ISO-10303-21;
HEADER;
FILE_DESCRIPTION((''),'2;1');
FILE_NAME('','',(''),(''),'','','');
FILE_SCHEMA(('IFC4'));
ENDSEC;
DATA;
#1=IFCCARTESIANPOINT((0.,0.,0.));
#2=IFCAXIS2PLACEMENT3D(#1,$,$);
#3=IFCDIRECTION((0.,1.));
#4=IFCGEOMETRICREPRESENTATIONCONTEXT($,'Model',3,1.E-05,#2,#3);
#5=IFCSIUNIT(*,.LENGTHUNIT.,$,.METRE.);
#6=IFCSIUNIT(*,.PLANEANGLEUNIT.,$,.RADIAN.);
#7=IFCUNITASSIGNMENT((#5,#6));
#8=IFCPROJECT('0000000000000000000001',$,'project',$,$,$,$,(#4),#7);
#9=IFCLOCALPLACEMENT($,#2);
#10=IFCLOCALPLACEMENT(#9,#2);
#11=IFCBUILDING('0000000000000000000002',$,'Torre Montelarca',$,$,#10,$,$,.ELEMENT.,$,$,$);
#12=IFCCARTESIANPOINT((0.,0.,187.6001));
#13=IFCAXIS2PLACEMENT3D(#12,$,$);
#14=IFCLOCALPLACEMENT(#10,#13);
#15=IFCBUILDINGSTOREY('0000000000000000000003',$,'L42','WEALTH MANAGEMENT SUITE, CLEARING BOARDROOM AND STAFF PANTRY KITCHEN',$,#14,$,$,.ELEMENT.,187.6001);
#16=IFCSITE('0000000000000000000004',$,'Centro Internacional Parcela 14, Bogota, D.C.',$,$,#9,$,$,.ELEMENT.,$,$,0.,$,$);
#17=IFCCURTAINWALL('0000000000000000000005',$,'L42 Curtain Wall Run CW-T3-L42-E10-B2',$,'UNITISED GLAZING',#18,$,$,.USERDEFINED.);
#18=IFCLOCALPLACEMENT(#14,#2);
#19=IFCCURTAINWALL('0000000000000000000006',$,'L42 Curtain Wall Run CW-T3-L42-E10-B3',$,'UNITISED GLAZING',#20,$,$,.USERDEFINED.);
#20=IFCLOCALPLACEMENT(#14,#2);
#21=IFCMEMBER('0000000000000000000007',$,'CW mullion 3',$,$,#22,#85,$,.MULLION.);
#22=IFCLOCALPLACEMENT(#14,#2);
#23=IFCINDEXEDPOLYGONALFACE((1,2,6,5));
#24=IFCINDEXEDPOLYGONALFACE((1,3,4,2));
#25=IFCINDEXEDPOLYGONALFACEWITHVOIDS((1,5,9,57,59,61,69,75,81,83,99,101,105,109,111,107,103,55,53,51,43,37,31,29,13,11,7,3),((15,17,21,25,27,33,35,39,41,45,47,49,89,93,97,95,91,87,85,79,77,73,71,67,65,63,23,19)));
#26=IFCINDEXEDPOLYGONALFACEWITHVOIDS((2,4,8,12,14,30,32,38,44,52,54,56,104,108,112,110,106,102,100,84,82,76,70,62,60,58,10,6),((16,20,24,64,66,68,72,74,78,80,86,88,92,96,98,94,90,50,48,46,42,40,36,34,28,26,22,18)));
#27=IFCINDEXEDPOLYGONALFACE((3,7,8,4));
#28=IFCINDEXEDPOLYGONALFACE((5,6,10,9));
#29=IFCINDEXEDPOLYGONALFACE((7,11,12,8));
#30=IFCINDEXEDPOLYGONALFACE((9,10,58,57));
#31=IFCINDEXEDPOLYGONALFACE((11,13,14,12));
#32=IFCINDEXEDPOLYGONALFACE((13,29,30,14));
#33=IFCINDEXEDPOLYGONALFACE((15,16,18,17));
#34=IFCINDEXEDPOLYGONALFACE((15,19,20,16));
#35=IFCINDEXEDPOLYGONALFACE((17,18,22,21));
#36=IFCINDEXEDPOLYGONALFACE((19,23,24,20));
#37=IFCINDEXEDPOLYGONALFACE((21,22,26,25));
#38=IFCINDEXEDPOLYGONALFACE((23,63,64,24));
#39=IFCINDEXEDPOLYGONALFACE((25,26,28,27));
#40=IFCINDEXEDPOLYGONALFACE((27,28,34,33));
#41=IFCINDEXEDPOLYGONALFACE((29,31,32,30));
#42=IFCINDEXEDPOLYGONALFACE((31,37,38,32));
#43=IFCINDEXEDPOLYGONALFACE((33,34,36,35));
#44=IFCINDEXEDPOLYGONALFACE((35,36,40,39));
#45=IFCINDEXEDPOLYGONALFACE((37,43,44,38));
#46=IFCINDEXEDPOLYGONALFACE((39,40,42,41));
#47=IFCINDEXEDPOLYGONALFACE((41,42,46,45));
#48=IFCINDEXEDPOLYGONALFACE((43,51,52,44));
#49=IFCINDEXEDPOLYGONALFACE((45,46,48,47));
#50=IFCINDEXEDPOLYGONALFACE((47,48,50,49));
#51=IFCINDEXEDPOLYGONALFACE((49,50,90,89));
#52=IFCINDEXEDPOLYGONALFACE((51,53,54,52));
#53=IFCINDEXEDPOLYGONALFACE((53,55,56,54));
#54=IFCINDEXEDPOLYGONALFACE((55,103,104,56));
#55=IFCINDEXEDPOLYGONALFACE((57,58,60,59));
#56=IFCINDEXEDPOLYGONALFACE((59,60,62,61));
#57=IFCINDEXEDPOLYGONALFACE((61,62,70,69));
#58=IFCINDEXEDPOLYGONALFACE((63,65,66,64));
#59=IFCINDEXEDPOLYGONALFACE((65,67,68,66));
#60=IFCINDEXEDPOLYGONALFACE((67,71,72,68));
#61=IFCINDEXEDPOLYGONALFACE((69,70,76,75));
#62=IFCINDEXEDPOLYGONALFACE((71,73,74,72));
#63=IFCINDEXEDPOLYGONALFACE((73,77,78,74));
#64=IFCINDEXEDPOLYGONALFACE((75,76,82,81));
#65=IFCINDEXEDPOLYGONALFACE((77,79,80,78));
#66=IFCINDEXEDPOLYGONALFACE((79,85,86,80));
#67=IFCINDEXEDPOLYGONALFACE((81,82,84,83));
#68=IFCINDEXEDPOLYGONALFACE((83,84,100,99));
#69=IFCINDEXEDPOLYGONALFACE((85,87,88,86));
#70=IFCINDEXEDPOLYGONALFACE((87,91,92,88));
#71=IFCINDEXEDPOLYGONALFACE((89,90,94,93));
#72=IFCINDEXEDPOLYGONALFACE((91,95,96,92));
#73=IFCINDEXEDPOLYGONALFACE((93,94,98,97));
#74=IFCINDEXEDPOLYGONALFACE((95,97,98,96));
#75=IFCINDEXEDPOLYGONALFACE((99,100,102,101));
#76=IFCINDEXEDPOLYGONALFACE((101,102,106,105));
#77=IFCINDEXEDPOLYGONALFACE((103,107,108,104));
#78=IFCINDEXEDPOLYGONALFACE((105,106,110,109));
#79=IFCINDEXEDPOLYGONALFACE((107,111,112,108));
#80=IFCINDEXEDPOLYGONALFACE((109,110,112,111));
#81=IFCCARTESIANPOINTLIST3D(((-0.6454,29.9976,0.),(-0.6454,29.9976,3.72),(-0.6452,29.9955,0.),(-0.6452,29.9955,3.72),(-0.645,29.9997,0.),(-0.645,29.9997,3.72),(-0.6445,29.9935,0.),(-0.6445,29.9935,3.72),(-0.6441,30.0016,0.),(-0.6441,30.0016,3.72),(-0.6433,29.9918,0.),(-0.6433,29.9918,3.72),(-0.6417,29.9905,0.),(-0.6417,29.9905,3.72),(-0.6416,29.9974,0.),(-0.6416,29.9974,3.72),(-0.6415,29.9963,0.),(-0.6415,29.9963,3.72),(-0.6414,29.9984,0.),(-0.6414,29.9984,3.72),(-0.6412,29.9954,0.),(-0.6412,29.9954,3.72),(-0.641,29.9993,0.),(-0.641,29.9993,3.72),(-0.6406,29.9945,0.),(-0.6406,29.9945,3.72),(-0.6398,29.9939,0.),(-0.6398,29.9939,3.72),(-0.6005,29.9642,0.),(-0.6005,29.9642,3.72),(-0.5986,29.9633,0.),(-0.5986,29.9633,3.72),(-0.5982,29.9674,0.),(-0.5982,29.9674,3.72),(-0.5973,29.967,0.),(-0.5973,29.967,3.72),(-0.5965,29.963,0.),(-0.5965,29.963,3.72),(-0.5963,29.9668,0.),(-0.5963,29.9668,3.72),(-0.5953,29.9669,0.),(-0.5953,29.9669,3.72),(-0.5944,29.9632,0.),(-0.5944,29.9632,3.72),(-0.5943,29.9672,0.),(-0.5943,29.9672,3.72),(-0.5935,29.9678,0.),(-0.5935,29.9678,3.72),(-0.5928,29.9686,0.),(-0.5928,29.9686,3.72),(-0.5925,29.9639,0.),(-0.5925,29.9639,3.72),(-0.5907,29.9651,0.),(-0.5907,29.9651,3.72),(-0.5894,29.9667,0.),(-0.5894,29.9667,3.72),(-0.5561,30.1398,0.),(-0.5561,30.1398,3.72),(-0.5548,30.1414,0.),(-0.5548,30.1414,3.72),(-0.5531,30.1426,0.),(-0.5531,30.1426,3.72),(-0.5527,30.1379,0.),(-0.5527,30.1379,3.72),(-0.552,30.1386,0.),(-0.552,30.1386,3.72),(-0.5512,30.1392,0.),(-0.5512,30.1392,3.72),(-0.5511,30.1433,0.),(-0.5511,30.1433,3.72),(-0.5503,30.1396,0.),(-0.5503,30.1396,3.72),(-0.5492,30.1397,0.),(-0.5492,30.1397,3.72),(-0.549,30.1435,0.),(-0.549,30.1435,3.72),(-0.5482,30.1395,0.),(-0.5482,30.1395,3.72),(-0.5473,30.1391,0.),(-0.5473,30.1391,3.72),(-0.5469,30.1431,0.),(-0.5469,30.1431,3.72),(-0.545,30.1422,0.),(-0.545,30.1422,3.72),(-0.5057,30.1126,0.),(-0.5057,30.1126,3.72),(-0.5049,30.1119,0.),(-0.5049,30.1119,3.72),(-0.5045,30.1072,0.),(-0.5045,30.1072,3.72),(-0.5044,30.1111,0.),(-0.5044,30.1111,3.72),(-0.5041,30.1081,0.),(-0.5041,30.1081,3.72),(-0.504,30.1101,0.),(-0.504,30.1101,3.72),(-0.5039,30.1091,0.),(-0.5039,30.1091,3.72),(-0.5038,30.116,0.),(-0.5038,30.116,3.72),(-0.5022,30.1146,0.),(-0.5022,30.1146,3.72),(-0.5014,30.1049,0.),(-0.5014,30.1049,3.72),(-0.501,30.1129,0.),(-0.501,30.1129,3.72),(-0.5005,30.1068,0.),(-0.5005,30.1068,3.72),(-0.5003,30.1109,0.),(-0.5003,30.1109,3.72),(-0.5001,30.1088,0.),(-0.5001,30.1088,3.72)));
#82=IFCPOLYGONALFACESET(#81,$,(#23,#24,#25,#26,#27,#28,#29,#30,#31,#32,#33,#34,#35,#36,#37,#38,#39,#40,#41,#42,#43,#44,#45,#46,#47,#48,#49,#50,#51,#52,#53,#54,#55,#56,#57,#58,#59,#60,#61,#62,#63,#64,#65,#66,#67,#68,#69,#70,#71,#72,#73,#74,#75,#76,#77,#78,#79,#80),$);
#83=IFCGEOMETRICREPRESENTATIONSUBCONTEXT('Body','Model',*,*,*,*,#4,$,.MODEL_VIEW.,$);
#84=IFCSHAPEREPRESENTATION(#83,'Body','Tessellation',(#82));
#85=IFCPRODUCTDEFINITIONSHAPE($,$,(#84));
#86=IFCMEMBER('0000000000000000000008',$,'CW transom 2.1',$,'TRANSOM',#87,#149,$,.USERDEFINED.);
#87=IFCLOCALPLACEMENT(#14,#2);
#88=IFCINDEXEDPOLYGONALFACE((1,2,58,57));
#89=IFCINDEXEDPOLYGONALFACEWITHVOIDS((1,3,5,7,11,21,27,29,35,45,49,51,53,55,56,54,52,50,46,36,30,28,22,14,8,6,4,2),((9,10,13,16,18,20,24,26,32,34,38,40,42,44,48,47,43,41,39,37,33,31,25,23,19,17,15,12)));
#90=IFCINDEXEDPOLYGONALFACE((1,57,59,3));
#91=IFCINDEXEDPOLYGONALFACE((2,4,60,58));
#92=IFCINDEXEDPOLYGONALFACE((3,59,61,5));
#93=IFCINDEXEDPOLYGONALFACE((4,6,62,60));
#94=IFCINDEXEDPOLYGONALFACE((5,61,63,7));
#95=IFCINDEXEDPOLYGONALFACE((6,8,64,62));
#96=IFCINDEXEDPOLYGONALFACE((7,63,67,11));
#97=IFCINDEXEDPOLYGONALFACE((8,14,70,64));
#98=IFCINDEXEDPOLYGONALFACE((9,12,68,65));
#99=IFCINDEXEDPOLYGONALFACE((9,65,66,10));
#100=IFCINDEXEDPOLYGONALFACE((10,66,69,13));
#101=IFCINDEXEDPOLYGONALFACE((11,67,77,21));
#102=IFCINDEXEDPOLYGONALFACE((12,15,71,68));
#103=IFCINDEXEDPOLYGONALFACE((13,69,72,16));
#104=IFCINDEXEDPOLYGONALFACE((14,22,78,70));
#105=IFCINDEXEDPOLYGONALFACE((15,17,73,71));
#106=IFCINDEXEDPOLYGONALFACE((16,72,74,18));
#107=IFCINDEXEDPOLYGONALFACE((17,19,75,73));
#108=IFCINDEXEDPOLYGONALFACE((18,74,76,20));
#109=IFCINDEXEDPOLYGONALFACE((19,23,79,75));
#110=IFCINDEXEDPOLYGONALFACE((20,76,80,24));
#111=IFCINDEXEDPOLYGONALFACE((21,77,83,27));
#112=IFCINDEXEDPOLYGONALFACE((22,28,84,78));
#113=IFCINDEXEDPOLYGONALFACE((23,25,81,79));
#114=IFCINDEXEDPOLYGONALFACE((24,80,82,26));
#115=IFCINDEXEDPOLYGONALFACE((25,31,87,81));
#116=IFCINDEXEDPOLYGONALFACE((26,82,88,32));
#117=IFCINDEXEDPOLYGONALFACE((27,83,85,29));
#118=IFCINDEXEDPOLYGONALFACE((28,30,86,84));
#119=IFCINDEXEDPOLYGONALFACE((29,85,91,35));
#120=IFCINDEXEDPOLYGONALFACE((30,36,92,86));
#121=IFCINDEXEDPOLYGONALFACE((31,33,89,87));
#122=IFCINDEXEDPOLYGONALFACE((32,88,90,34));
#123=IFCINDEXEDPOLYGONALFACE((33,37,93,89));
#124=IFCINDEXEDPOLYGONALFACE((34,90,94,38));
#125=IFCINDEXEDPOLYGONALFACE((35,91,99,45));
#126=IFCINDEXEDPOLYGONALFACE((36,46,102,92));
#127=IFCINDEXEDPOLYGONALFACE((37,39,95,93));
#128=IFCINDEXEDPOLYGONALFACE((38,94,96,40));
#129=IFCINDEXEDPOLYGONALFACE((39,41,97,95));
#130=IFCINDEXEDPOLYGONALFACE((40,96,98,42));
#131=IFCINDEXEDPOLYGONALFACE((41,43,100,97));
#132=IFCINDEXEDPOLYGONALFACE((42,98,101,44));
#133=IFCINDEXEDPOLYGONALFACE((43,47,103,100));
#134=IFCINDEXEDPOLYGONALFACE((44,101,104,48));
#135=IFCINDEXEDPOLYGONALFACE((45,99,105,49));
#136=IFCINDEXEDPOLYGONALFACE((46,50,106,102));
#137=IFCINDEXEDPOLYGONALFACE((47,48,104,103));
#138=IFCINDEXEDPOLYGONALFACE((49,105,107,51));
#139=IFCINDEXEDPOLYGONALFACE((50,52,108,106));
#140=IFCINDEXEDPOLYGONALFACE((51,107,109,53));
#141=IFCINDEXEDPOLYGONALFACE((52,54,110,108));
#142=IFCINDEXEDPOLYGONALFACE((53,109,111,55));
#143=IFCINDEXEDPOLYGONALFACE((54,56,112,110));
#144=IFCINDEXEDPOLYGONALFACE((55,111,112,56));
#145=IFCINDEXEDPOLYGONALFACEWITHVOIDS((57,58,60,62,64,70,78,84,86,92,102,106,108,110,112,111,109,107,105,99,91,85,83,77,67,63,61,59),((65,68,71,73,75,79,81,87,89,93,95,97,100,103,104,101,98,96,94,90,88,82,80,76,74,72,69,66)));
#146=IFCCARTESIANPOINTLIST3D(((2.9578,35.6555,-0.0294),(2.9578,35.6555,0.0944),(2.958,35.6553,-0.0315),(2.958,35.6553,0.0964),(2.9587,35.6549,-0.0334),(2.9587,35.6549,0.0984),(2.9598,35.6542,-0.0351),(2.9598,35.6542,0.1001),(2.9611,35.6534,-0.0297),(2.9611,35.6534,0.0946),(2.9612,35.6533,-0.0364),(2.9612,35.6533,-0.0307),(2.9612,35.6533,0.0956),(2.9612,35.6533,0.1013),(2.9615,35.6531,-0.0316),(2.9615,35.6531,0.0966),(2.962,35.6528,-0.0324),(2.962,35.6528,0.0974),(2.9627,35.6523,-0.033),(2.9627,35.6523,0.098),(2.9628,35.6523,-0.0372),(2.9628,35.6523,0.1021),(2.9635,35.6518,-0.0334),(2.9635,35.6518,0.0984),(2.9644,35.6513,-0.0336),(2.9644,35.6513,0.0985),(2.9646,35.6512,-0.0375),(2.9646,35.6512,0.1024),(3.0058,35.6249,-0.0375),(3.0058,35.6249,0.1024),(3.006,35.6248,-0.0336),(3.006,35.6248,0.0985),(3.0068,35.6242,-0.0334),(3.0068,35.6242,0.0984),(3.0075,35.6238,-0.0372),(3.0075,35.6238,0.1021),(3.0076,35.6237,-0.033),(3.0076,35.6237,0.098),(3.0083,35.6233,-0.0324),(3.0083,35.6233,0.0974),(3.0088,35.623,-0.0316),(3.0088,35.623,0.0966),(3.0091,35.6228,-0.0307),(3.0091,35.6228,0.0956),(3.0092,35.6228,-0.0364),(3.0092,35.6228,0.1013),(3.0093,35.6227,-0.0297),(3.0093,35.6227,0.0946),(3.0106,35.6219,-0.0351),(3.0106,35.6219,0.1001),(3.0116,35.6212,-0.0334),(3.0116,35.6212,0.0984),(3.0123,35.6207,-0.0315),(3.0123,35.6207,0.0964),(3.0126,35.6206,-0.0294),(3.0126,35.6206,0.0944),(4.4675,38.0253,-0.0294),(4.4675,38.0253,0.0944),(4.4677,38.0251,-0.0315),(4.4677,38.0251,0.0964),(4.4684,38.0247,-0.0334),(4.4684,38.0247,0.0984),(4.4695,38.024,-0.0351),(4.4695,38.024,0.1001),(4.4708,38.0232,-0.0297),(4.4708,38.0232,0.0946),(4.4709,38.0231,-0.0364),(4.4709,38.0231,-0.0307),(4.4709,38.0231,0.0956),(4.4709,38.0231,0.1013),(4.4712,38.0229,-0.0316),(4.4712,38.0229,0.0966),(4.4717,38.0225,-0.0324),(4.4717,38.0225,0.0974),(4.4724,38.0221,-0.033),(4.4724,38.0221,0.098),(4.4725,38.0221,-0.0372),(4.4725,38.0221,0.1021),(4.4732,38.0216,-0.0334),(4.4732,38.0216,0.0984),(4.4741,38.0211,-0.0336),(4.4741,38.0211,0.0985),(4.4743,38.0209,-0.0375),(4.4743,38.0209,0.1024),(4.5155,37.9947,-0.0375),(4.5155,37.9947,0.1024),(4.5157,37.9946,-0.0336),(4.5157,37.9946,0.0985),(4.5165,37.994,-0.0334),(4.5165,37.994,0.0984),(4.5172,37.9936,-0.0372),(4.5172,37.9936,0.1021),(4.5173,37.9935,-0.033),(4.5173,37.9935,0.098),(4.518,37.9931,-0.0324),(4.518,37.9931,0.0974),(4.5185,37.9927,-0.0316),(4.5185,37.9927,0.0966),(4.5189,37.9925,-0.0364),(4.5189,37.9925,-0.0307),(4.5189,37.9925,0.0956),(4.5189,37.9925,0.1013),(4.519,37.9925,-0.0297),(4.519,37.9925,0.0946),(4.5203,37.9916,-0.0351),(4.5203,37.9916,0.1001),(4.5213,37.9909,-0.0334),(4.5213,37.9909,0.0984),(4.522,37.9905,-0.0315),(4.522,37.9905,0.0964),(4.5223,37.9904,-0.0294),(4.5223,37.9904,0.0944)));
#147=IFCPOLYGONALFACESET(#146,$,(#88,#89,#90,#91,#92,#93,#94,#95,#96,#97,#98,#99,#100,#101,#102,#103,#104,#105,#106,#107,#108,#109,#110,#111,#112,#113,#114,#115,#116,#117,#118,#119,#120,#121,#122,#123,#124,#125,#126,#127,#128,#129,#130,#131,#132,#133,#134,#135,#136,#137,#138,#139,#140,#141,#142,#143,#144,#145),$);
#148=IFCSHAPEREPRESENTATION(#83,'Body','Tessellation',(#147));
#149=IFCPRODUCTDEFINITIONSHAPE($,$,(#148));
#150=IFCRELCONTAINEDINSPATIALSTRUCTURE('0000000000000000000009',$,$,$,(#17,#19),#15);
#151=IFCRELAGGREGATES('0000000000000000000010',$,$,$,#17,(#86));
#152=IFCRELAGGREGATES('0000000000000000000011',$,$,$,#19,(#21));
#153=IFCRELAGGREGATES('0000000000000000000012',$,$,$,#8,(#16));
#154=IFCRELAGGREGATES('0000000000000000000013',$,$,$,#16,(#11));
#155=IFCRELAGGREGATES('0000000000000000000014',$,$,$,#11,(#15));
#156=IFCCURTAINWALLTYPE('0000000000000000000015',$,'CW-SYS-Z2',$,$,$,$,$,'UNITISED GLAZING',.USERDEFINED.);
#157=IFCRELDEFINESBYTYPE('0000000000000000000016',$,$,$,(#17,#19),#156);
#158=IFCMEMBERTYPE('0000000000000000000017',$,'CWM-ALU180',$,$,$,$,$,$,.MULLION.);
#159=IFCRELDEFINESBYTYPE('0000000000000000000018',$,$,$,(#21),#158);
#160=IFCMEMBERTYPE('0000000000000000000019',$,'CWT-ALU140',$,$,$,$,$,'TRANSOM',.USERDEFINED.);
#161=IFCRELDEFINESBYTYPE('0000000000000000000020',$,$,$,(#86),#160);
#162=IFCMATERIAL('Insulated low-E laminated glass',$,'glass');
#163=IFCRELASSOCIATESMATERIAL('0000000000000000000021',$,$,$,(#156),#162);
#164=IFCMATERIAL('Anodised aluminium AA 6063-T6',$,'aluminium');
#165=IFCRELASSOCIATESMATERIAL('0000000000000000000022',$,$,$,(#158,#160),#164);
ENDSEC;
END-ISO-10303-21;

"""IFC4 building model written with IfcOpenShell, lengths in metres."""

from ifc_helpers import new_model, si_unit, direction, frame, origin, origin_2d, place, context, subcontext, project, spatial, hollow_rectangle, extrude, source, transform, mapped, material, material_profile, profile_set, type_object, element, aggregate, save


model = new_model("IFC4")

# Units and contexts
model_context = context("Model", 3, precision=1e-05, world=origin(), true_north=direction((0.0, 1.0)))
body_context = subcontext(model_context, "Body", "Model", "MODEL_VIEW")
ifc_project = project(units=[si_unit("LENGTHUNIT", "METRE"), si_unit("PLANEANGLEUNIT", "RADIAN")], contexts=[model_context])

# Site, building, storey
site_placement = place(None, origin())
site = spatial("IfcSite", under=ifc_project, at=site_placement, Name="Centro Internacional Parcela 14, Bogota, D.C.", CompositionType="ELEMENT", RefElevation=0.0)
building_placement = place(site_placement, origin())
building = spatial("IfcBuilding", under=site, at=building_placement, Name="Torre Montelarca", CompositionType="ELEMENT")
storey_placement = place(building_placement, frame((0.0, 0.0, 187.6001)))
storey = spatial("IfcBuildingStorey", under=building, at=storey_placement, Name="L42", Description="WEALTH MANAGEMENT SUITE, CLEARING BOARDROOM AND STAFF PANTRY KITCHEN", CompositionType="ELEMENT", Elevation=187.6001)

# Curtain walls, member
ifc_material_1 = material(Name="Insulated low-E laminated glass", Category="glass")
curtain_wall_type = type_object("IfcCurtainWallType", Name="CW-SYS-Z2", ElementType="UNITISED GLAZING", PredefinedType="USERDEFINED", material=ifc_material_1)
curtain_wall_1_placement = place(storey_placement, origin())
curtain_wall_1 = element("IfcCurtainWall", 1, at=curtain_wall_1_placement, inside=storey, type_object=curtain_wall_type, Name="L42 Curtain Wall Run CW-T3-L42-E10-B2", ObjectType="UNITISED GLAZING", PredefinedType="USERDEFINED")
ifc_material_2 = material(Name="Anodised aluminium AA 6063-T6", Category="aluminium")
ifc_material_profile_1 = material_profile(ifc_material_2, hollow_rectangle(XDim=0.0649, YDim=0.1799, WallThickness=0.0039, InnerFilletRadius=0.0039, OuterFilletRadius=0.0081, at=origin_2d()), Name="ALU65X180X4", Category="aluminium")
ifc_profile_set_1 = profile_set([ifc_material_profile_1], Name="Anodised aluminium AA 6063-T6")
member_type_1 = type_object("IfcMemberType", Name="CWM-ALU180", PredefinedType="MULLION", material=ifc_profile_set_1)
shared_shape_1 = source(origin(), body_context, "Body", "SweptSolid", [
    extrude(hollow_rectangle(XDim=0.0649, YDim=0.1799, WallThickness=0.0039, InnerFilletRadius=0.0039, OuterFilletRadius=0.0081, at=origin_2d()), origin(), (0.0, 0.0, 1.0), 3.72),
])
curtain_wall_2_placement = place(storey_placement, origin())
curtain_wall_2 = element("IfcCurtainWall", 2, at=curtain_wall_2_placement, inside=storey, type_object=curtain_wall_type, Name="L42 Curtain Wall Run CW-T3-L42-E10-B3", ObjectType="UNITISED GLAZING", PredefinedType="USERDEFINED")
member_1_placement = place(storey_placement, frame((-0.5728, 30.0532, 0.0), z_axis=(0.0, 0.0, 1.0), x_axis=(0.843394, -0.537296, 0.0)))
member_1 = element("IfcMember", 3, at=member_1_placement, type_object=member_type_1, Name="CW mullion 3", PredefinedType="MULLION", context=body_context, shape_type="MappedRepresentation", body=[
    mapped(shared_shape_1, transform((0.0, 0.0, 0.0), scale=1.0)),
])

# Member
ifc_material_profile_2 = material_profile(ifc_material_2, hollow_rectangle(XDim=0.0649, YDim=0.1399, WallThickness=0.0039, InnerFilletRadius=0.0039, OuterFilletRadius=0.0081, at=origin_2d()), Name="ALU65X140X4", Category="aluminium")
ifc_profile_set_2 = profile_set([ifc_material_profile_2], Name="Anodised aluminium AA 6063-T6")
member_type_2 = type_object("IfcMemberType", Name="CWT-ALU140", ElementType="TRANSOM", PredefinedType="USERDEFINED", material=ifc_profile_set_2)
shared_shape_2 = source(origin(), body_context, "Body", "SweptSolid", [
    extrude(hollow_rectangle(XDim=0.0649, YDim=0.1399, WallThickness=0.0039, InnerFilletRadius=0.0039, OuterFilletRadius=0.0081, at=origin_2d()), origin(), (0.0, 0.0, 1.0), 2.8098),
])
member_2_placement = place(storey_placement, frame((4.4949, 38.0078, 0.0325), z_axis=(-0.537297, -0.843393, 0.0), x_axis=(0.843393, -0.537297, 0.0)))
member_2 = element("IfcMember", 4, at=member_2_placement, type_object=member_type_2, Name="CW transom 2.1", ObjectType="TRANSOM", PredefinedType="USERDEFINED", context=body_context, shape_type="MappedRepresentation", body=[
    mapped(shared_shape_2, transform((0.0, 0.0, 0.0), scale=1.0)),
])

aggregate(curtain_wall_1, [member_2])
aggregate(curtain_wall_2, [member_1])

save(model, "model.ifc")
